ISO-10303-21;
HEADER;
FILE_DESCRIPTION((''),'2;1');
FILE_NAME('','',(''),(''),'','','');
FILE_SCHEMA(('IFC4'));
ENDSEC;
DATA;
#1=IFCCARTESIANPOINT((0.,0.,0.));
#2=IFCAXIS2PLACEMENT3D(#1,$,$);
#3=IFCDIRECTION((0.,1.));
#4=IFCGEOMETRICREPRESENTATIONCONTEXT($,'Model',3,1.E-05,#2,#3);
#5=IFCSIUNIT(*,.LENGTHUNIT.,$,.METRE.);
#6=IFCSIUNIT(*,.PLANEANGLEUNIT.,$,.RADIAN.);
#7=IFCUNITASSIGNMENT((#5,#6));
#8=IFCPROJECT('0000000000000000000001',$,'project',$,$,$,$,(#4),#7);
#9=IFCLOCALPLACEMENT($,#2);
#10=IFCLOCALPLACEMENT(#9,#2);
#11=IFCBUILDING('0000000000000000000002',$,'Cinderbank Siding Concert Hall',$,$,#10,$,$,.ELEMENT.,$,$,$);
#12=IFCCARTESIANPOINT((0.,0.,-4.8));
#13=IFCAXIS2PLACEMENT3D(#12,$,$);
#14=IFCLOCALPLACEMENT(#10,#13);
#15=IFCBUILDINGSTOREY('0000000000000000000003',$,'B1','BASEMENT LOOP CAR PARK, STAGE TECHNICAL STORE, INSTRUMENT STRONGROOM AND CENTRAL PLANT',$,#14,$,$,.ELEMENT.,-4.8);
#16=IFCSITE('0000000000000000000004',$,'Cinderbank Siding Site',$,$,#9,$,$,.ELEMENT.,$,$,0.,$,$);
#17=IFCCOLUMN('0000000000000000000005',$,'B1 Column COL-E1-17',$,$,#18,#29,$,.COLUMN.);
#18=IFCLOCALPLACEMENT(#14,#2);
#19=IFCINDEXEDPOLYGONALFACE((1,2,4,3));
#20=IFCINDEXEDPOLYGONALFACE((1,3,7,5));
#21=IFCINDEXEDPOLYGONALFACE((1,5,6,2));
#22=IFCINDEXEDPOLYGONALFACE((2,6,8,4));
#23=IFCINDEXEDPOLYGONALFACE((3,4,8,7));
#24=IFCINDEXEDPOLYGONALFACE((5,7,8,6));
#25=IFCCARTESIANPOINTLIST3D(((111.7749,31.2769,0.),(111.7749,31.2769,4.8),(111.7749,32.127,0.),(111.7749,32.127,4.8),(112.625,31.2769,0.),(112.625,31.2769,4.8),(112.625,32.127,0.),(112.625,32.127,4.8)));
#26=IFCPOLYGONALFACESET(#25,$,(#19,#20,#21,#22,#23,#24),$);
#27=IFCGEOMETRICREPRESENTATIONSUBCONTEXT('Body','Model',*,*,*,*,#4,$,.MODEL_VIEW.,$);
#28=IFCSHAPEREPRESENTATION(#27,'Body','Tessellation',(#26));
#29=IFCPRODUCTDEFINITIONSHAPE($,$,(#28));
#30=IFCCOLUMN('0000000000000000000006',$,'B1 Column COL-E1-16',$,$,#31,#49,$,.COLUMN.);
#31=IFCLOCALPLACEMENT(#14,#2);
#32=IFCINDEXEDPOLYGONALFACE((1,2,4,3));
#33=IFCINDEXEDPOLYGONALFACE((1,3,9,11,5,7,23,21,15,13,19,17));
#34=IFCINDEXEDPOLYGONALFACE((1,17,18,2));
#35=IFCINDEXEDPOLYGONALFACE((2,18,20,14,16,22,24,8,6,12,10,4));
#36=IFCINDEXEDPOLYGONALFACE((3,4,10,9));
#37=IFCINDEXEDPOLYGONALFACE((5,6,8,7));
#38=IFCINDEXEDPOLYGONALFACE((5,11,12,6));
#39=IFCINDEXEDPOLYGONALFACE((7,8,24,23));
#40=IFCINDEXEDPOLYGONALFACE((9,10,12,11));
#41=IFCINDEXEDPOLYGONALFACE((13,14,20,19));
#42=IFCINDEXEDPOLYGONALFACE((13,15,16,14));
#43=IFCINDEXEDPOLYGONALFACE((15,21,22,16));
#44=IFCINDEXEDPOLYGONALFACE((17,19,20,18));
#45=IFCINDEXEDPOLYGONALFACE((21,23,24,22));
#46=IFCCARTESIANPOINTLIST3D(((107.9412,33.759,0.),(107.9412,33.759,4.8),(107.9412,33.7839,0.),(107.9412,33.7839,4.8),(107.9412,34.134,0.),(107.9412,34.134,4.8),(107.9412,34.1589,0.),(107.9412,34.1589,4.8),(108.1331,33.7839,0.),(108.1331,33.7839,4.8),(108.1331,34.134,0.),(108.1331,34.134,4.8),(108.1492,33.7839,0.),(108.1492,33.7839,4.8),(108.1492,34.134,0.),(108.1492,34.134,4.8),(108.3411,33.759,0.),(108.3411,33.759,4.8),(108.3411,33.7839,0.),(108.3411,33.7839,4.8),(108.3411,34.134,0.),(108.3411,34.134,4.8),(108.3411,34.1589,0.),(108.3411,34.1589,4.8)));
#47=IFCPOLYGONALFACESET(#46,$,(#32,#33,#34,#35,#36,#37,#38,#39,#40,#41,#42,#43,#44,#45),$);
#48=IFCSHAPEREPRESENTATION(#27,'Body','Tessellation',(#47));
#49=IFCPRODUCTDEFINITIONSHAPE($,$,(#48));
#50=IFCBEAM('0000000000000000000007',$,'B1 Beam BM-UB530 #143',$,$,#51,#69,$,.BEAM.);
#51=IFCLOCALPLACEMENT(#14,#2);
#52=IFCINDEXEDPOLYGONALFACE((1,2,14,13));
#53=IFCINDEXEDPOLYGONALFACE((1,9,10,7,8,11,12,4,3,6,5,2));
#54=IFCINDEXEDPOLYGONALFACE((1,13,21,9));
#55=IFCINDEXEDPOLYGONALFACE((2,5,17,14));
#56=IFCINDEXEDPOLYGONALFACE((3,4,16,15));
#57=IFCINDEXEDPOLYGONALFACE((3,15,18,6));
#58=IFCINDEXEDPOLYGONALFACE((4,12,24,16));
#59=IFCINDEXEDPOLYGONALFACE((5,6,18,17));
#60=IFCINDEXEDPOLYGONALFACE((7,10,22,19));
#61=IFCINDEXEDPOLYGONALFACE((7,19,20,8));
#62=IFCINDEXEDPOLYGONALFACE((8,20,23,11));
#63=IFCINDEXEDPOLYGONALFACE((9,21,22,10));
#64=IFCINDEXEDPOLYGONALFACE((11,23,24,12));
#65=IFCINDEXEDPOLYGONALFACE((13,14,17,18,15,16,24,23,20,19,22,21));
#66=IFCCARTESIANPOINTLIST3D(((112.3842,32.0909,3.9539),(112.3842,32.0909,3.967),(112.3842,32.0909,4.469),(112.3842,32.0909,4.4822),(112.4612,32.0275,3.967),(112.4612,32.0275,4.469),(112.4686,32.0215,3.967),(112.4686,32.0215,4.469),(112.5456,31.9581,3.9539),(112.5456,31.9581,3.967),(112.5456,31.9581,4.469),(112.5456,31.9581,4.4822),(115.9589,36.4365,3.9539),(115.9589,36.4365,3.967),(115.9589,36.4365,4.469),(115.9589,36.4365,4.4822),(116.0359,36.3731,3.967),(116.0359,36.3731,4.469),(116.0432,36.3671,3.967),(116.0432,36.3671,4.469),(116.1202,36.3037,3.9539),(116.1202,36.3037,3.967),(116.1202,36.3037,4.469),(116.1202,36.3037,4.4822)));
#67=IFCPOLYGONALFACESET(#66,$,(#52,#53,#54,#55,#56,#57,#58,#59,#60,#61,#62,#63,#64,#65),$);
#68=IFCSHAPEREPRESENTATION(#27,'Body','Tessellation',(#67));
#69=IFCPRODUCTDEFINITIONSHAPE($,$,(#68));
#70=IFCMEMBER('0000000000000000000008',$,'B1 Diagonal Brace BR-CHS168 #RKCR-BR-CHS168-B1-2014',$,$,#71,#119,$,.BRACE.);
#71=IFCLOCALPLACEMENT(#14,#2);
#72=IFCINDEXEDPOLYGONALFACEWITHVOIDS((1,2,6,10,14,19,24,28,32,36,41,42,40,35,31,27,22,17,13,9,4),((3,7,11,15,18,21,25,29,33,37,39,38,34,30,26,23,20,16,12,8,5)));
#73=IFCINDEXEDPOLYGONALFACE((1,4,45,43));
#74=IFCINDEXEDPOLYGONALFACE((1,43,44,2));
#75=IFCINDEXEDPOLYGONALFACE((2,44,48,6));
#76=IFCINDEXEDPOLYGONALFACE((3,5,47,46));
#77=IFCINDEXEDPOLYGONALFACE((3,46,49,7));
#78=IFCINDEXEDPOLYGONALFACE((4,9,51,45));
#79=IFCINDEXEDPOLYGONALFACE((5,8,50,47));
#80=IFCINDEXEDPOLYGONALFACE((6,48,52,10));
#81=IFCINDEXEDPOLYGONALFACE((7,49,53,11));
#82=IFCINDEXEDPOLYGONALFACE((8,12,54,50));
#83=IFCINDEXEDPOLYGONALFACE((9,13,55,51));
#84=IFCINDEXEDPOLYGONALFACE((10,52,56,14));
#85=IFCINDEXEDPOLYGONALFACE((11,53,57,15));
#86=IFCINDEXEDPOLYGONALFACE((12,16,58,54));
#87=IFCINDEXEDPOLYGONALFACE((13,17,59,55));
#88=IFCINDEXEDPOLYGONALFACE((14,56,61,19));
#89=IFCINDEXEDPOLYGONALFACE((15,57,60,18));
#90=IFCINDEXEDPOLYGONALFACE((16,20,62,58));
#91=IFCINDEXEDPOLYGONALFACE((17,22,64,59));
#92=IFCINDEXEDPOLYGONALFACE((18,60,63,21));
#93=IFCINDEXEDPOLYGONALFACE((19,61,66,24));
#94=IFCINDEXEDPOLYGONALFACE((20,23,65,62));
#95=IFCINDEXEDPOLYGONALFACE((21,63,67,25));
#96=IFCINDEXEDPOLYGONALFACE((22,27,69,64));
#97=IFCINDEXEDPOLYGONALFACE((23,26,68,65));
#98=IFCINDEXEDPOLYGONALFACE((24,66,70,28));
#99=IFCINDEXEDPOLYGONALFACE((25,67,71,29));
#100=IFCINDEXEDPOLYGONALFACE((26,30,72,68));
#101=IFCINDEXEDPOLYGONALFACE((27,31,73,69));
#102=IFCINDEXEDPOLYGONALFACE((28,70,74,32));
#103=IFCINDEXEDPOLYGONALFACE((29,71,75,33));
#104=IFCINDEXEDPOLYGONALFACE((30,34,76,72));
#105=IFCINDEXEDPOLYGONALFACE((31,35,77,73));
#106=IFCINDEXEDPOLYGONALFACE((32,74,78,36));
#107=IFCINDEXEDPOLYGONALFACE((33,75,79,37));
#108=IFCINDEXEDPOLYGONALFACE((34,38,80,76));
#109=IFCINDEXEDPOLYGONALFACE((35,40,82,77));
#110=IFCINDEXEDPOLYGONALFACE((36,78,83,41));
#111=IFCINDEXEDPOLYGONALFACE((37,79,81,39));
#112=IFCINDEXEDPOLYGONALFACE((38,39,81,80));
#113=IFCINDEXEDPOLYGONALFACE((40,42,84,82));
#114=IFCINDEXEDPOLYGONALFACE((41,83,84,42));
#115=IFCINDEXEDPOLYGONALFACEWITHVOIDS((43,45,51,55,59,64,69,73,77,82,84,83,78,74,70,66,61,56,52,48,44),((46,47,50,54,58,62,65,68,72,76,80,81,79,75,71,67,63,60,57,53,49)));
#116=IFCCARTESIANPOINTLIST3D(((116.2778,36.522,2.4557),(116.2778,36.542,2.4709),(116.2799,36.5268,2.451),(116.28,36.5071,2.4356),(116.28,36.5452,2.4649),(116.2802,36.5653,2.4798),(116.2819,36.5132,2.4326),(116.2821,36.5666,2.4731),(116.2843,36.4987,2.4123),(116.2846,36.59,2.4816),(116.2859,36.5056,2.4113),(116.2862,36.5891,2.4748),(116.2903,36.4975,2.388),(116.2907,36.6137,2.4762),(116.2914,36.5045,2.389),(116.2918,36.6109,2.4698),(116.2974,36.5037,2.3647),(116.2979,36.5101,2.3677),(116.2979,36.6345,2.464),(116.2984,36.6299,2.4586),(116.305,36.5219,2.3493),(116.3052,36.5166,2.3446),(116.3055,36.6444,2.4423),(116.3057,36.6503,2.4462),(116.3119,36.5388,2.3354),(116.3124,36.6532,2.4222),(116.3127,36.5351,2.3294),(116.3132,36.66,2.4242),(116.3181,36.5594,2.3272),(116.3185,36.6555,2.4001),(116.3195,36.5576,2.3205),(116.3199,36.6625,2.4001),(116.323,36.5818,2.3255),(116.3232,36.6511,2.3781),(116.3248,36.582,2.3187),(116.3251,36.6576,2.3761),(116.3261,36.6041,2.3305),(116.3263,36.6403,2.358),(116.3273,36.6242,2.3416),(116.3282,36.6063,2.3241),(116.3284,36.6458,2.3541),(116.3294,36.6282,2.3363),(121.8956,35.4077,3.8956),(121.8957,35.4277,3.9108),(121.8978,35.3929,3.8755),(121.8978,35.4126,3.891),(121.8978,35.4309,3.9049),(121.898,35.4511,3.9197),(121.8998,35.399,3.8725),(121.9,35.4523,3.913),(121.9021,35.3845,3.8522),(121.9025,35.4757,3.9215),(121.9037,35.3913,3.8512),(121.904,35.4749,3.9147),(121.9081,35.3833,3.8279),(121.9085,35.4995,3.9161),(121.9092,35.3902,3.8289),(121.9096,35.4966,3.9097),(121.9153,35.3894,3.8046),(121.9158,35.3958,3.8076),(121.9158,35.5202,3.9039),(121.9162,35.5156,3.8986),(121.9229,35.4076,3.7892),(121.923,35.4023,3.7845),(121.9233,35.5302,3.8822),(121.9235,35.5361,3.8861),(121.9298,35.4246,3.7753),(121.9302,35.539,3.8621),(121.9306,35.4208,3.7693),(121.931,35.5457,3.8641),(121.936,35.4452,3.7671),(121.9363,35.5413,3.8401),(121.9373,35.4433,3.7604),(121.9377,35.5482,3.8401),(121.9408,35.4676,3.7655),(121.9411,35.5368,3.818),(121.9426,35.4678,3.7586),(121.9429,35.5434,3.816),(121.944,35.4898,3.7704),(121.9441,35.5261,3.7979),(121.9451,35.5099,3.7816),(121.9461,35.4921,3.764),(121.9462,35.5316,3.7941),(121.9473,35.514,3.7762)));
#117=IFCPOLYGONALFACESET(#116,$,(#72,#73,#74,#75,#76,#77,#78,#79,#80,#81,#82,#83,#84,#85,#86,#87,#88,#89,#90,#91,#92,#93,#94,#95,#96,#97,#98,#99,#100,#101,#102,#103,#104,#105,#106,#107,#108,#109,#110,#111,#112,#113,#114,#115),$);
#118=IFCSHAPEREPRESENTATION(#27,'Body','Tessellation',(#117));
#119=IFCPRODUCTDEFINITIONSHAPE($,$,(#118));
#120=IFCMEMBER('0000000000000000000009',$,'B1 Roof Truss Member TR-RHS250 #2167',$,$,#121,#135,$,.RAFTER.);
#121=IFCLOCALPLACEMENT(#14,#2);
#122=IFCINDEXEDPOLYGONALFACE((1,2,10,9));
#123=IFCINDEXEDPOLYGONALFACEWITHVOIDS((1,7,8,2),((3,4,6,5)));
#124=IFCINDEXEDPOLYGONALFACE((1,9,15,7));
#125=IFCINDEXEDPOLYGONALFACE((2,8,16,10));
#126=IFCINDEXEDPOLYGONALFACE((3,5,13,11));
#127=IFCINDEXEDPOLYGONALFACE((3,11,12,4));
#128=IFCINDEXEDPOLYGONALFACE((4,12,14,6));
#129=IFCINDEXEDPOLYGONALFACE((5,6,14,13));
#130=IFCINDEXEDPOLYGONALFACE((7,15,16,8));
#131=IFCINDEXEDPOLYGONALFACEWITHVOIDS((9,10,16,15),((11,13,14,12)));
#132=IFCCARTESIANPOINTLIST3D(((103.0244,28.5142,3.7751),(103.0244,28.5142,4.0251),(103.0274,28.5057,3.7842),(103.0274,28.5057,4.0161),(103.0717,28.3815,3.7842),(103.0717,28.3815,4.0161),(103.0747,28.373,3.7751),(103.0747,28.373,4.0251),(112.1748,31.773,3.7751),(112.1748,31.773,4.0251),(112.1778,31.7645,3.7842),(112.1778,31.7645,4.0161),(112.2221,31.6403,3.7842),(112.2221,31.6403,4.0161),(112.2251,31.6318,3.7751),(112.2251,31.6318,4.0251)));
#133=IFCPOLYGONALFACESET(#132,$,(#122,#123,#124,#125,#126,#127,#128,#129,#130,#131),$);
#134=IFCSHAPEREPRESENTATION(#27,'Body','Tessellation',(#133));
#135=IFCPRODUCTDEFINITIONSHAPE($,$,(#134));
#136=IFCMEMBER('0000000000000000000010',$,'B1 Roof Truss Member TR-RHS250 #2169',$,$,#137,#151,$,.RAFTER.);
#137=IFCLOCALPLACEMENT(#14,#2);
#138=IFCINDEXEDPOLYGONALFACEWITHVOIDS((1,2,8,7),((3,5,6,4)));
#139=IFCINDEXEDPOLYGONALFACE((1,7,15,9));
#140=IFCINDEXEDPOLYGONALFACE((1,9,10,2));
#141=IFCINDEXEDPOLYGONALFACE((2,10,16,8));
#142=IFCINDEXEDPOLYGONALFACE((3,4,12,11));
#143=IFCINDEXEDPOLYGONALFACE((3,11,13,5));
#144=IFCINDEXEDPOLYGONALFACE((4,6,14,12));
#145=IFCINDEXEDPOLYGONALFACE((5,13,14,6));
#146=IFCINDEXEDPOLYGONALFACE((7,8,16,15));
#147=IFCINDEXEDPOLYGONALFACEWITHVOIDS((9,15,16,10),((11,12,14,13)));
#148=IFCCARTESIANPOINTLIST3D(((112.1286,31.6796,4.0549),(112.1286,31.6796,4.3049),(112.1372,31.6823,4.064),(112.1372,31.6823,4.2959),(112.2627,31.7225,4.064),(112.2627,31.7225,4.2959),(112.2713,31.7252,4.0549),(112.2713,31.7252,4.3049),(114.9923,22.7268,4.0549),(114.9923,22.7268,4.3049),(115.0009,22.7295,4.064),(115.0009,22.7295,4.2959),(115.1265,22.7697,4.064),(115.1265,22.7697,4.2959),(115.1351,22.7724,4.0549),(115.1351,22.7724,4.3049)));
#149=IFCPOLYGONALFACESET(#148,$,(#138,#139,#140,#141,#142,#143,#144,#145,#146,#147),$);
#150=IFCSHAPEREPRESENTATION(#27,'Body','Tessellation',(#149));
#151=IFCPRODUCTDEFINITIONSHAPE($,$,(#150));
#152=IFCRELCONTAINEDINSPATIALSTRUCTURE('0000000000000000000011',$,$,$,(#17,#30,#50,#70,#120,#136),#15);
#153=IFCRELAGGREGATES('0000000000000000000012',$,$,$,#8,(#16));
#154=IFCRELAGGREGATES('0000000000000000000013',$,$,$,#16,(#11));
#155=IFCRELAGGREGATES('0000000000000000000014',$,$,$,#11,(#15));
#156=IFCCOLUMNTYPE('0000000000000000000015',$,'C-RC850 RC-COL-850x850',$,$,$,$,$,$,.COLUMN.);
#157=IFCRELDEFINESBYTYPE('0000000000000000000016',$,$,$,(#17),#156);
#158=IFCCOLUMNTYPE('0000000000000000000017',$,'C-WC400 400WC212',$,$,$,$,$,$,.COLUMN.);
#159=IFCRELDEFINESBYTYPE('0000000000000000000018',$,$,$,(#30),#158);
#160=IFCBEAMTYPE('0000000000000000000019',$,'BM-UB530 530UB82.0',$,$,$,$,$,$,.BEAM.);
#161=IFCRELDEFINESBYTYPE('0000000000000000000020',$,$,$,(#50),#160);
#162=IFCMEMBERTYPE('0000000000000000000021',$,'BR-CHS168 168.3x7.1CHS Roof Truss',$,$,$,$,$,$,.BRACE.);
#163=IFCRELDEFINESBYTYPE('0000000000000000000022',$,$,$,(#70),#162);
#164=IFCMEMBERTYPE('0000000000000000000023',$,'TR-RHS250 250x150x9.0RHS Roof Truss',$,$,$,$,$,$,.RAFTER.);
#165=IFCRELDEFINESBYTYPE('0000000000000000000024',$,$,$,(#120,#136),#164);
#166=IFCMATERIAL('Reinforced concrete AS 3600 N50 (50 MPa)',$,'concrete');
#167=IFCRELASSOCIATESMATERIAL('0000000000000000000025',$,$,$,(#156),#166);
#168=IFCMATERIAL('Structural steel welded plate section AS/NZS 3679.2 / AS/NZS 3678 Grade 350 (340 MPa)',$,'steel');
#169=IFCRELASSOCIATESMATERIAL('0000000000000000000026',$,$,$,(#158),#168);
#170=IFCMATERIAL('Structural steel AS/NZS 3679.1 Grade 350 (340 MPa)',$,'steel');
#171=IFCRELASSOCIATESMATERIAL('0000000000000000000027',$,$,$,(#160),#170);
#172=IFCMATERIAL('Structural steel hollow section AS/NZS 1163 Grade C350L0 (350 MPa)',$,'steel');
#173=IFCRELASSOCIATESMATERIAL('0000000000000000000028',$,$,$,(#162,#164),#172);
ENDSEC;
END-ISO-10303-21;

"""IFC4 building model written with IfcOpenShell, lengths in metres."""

from ifc_helpers import new_model, si_unit, direction, frame, origin, origin_2d, place, context, subcontext, project, spatial, rectangle, hollow_rectangle, hollow_circle, i_section, extrude, material, material_profile, profile_set, type_object, element, save


model = new_model("IFC4")

# Units and contexts
model_context = context("Model", 3, precision=1e-05, world=origin(), true_north=direction((0.0, 1.0)))
body_context = subcontext(model_context, "Body", "Model", "MODEL_VIEW")
ifc_project = project(units=[si_unit("LENGTHUNIT", "METRE"), si_unit("PLANEANGLEUNIT", "RADIAN")], contexts=[model_context])

# Site, building, storey
site_placement = place(None, origin())
site = spatial("IfcSite", under=ifc_project, at=site_placement, Name="Cinderbank Siding Site", CompositionType="ELEMENT", RefElevation=0.0)
building_placement = place(site_placement, origin())
building = spatial("IfcBuilding", under=site, at=building_placement, Name="Cinderbank Siding Concert Hall", CompositionType="ELEMENT")
storey_placement = place(building_placement, frame((0.0, 0.0, -4.8)))
storey = spatial("IfcBuildingStorey", under=building, at=storey_placement, Name="B1", Description="BASEMENT LOOP CAR PARK, STAGE TECHNICAL STORE, INSTRUMENT STRONGROOM AND CENTRAL PLANT", CompositionType="ELEMENT", Elevation=-4.8)

# Columns
ifc_material_1 = material(Name="Reinforced concrete AS 3600 N50 (50 MPa)", Category="concrete")
ifc_material_profile_1 = material_profile(ifc_material_1, rectangle(XDim=0.8501, YDim=0.8501, at=origin_2d()), Name="RC-COL-850x850", Category="LoadBearing")
ifc_profile_set_1 = profile_set([ifc_material_profile_1], Name="Reinforced concrete AS 3600 N50 (50 MPa)")
column_type_1 = type_object("IfcColumnType", Name="C-RC850 RC-COL-850x850", PredefinedType="COLUMN", material=ifc_profile_set_1)
column_1_placement = place(storey_placement, frame((112.2, 31.7019, 0.0), z_axis=(0.0, 0.0, 1.0), x_axis=(1.0, 0.0, 0.0)))
element("IfcColumn", 1, at=column_1_placement, inside=storey, type_object=column_type_1, Name="B1 Column COL-E1-17", PredefinedType="COLUMN", context=body_context, shape_type="SweptSolid", body=[
    extrude(rectangle(XDim=0.8501, YDim=0.8501, at=origin_2d()), origin(), (0.0, 0.0, 1.0), 4.8),
])
ifc_material_2 = material(Name="Structural steel welded plate section AS/NZS 3679.2 / AS/NZS 3678 Grade 350 (340 MPa)", Category="steel")
ifc_material_profile_2 = material_profile(ifc_material_2, i_section(OverallWidth=0.3999, OverallDepth=0.3999, WebThickness=0.0161, FlangeThickness=0.0249, at=origin_2d()), Name="400WC212", Category="LoadBearing")
ifc_profile_set_2 = profile_set([ifc_material_profile_2], Name="Structural steel welded plate section AS/NZS 3679.2 / AS/NZS 3678 Grade 350 (340 MPa)")
column_type_2 = type_object("IfcColumnType", Name="C-WC400 400WC212", PredefinedType="COLUMN", material=ifc_profile_set_2)
column_2_placement = place(storey_placement, frame((108.1411, 33.959, 0.0), z_axis=(0.0, 0.0, 1.0), x_axis=(1.0, 0.0, 0.0)))
element("IfcColumn", 2, at=column_2_placement, inside=storey, type_object=column_type_2, Name="B1 Column COL-E1-16", PredefinedType="COLUMN", context=body_context, shape_type="SweptSolid", body=[
    extrude(i_section(OverallWidth=0.3999, OverallDepth=0.3999, WebThickness=0.0161, FlangeThickness=0.0249, at=origin_2d()), origin(), (0.0, 0.0, 1.0), 4.8),
])

# Beam
ifc_material_3 = material(Name="Structural steel AS/NZS 3679.1 Grade 350 (340 MPa)", Category="steel")
ifc_material_profile_3 = material_profile(ifc_material_3, i_section(OverallWidth=0.209, OverallDepth=0.5283, WebThickness=0.0095, FlangeThickness=0.0132, at=origin_2d()), Name="530UB82.0", Category="LoadBearing")
ifc_profile_set_3 = profile_set([ifc_material_profile_3], Name="Structural steel AS/NZS 3679.1 Grade 350 (340 MPa)")
beam_type = type_object("IfcBeamType", Name="BM-UB530 530UB82.0", PredefinedType="BEAM", material=ifc_profile_set_3)
beam_placement = place(storey_placement, frame((116.0396, 36.3701, 4.218), z_axis=(-0.635272, -0.772288, 0.0), x_axis=(0.772288, -0.635272, 0.0)))
element("IfcBeam", 3, at=beam_placement, inside=storey, type_object=beam_type, Name="B1 Beam BM-UB530 #143", PredefinedType="BEAM", context=body_context, shape_type="SweptSolid", body=[
    extrude(i_section(OverallWidth=0.209, OverallDepth=0.5283, WebThickness=0.0095, FlangeThickness=0.0132, at=origin_2d()), origin(), (0.0, 0.0, 1.0), 5.627),
])

# Members
ifc_material_4 = material(Name="Structural steel hollow section AS/NZS 1163 Grade C350L0 (350 MPa)", Category="steel")
ifc_material_profile_4 = material_profile(ifc_material_4, hollow_circle(Radius=0.0842, WallThickness=0.0071, at=origin_2d()), Name="168.3x7.1CHS", Category="LoadBearing")
ifc_profile_set_4 = profile_set([ifc_material_profile_4], Name="Structural steel hollow section AS/NZS 1163 Grade C350L0 (350 MPa)")
member_type_1 = type_object("IfcMemberType", Name="BR-CHS168 168.3x7.1CHS Roof Truss", PredefinedType="BRACE", material=ifc_profile_set_4)
member_1_placement = place(storey_placement, frame((116.3035, 36.5798, 2.4001), z_axis=(0.951288, -0.188678, 0.243827), x_axis=(0.19455, 0.980893, 0.0)))
element("IfcMember", 4, at=member_1_placement, inside=storey, type_object=member_type_1, Name="B1 Diagonal Brace BR-CHS168 #RKCR-BR-CHS168-B1-2014", PredefinedType="BRACE", context=body_context, shape_type="SweptSolid", body=[
    extrude(hollow_circle(Radius=0.0842, WallThickness=0.0071, at=origin_2d()), origin(), (0.0, 0.0, 1.0), 5.9055),
])
ifc_material_profile_5 = material_profile(ifc_material_4, hollow_rectangle(XDim=0.1499, YDim=0.25, WallThickness=0.009, at=origin_2d()), Name="250x150x9.0RHS", Category="LoadBearing")
ifc_profile_set_5 = profile_set([ifc_material_profile_5], Name="Structural steel hollow section AS/NZS 1163 Grade C350L0 (350 MPa)")
member_type_2 = type_object("IfcMemberType", Name="TR-RHS250 250x150x9.0RHS Roof Truss", PredefinedType="RAFTER", material=ifc_profile_set_5)
member_2_placement = place(storey_placement, frame((112.2, 31.7024, 3.9001), z_axis=(-0.942042, -0.335496, 0.0), x_axis=(0.335496, -0.942042, 0.0)))
element("IfcMember", 5, at=member_2_placement, inside=storey, type_object=member_type_2, Name="B1 Roof Truss Member TR-RHS250 #2167", PredefinedType="RAFTER", context=body_context, shape_type="SweptSolid", body=[
    extrude(hollow_rectangle(XDim=0.1499, YDim=0.25, WallThickness=0.009, at=origin_2d()), origin(), (0.0, 0.0, 1.0), 9.7134),
])
member_3_placement = place(storey_placement, frame((112.2, 31.7024, 4.1799), z_axis=(0.304665, -0.95246, 0.0), x_axis=(0.95246, 0.304665, 0.0)))
element("IfcMember", 6, at=member_3_placement, inside=storey, type_object=member_type_2, Name="B1 Roof Truss Member TR-RHS250 #2169", PredefinedType="RAFTER", context=body_context, shape_type="SweptSolid", body=[
    extrude(hollow_rectangle(XDim=0.1499, YDim=0.25, WallThickness=0.009, at=origin_2d()), origin(), (0.0, 0.0, 1.0), 9.3997),
])

save(model, "model.ifc")
